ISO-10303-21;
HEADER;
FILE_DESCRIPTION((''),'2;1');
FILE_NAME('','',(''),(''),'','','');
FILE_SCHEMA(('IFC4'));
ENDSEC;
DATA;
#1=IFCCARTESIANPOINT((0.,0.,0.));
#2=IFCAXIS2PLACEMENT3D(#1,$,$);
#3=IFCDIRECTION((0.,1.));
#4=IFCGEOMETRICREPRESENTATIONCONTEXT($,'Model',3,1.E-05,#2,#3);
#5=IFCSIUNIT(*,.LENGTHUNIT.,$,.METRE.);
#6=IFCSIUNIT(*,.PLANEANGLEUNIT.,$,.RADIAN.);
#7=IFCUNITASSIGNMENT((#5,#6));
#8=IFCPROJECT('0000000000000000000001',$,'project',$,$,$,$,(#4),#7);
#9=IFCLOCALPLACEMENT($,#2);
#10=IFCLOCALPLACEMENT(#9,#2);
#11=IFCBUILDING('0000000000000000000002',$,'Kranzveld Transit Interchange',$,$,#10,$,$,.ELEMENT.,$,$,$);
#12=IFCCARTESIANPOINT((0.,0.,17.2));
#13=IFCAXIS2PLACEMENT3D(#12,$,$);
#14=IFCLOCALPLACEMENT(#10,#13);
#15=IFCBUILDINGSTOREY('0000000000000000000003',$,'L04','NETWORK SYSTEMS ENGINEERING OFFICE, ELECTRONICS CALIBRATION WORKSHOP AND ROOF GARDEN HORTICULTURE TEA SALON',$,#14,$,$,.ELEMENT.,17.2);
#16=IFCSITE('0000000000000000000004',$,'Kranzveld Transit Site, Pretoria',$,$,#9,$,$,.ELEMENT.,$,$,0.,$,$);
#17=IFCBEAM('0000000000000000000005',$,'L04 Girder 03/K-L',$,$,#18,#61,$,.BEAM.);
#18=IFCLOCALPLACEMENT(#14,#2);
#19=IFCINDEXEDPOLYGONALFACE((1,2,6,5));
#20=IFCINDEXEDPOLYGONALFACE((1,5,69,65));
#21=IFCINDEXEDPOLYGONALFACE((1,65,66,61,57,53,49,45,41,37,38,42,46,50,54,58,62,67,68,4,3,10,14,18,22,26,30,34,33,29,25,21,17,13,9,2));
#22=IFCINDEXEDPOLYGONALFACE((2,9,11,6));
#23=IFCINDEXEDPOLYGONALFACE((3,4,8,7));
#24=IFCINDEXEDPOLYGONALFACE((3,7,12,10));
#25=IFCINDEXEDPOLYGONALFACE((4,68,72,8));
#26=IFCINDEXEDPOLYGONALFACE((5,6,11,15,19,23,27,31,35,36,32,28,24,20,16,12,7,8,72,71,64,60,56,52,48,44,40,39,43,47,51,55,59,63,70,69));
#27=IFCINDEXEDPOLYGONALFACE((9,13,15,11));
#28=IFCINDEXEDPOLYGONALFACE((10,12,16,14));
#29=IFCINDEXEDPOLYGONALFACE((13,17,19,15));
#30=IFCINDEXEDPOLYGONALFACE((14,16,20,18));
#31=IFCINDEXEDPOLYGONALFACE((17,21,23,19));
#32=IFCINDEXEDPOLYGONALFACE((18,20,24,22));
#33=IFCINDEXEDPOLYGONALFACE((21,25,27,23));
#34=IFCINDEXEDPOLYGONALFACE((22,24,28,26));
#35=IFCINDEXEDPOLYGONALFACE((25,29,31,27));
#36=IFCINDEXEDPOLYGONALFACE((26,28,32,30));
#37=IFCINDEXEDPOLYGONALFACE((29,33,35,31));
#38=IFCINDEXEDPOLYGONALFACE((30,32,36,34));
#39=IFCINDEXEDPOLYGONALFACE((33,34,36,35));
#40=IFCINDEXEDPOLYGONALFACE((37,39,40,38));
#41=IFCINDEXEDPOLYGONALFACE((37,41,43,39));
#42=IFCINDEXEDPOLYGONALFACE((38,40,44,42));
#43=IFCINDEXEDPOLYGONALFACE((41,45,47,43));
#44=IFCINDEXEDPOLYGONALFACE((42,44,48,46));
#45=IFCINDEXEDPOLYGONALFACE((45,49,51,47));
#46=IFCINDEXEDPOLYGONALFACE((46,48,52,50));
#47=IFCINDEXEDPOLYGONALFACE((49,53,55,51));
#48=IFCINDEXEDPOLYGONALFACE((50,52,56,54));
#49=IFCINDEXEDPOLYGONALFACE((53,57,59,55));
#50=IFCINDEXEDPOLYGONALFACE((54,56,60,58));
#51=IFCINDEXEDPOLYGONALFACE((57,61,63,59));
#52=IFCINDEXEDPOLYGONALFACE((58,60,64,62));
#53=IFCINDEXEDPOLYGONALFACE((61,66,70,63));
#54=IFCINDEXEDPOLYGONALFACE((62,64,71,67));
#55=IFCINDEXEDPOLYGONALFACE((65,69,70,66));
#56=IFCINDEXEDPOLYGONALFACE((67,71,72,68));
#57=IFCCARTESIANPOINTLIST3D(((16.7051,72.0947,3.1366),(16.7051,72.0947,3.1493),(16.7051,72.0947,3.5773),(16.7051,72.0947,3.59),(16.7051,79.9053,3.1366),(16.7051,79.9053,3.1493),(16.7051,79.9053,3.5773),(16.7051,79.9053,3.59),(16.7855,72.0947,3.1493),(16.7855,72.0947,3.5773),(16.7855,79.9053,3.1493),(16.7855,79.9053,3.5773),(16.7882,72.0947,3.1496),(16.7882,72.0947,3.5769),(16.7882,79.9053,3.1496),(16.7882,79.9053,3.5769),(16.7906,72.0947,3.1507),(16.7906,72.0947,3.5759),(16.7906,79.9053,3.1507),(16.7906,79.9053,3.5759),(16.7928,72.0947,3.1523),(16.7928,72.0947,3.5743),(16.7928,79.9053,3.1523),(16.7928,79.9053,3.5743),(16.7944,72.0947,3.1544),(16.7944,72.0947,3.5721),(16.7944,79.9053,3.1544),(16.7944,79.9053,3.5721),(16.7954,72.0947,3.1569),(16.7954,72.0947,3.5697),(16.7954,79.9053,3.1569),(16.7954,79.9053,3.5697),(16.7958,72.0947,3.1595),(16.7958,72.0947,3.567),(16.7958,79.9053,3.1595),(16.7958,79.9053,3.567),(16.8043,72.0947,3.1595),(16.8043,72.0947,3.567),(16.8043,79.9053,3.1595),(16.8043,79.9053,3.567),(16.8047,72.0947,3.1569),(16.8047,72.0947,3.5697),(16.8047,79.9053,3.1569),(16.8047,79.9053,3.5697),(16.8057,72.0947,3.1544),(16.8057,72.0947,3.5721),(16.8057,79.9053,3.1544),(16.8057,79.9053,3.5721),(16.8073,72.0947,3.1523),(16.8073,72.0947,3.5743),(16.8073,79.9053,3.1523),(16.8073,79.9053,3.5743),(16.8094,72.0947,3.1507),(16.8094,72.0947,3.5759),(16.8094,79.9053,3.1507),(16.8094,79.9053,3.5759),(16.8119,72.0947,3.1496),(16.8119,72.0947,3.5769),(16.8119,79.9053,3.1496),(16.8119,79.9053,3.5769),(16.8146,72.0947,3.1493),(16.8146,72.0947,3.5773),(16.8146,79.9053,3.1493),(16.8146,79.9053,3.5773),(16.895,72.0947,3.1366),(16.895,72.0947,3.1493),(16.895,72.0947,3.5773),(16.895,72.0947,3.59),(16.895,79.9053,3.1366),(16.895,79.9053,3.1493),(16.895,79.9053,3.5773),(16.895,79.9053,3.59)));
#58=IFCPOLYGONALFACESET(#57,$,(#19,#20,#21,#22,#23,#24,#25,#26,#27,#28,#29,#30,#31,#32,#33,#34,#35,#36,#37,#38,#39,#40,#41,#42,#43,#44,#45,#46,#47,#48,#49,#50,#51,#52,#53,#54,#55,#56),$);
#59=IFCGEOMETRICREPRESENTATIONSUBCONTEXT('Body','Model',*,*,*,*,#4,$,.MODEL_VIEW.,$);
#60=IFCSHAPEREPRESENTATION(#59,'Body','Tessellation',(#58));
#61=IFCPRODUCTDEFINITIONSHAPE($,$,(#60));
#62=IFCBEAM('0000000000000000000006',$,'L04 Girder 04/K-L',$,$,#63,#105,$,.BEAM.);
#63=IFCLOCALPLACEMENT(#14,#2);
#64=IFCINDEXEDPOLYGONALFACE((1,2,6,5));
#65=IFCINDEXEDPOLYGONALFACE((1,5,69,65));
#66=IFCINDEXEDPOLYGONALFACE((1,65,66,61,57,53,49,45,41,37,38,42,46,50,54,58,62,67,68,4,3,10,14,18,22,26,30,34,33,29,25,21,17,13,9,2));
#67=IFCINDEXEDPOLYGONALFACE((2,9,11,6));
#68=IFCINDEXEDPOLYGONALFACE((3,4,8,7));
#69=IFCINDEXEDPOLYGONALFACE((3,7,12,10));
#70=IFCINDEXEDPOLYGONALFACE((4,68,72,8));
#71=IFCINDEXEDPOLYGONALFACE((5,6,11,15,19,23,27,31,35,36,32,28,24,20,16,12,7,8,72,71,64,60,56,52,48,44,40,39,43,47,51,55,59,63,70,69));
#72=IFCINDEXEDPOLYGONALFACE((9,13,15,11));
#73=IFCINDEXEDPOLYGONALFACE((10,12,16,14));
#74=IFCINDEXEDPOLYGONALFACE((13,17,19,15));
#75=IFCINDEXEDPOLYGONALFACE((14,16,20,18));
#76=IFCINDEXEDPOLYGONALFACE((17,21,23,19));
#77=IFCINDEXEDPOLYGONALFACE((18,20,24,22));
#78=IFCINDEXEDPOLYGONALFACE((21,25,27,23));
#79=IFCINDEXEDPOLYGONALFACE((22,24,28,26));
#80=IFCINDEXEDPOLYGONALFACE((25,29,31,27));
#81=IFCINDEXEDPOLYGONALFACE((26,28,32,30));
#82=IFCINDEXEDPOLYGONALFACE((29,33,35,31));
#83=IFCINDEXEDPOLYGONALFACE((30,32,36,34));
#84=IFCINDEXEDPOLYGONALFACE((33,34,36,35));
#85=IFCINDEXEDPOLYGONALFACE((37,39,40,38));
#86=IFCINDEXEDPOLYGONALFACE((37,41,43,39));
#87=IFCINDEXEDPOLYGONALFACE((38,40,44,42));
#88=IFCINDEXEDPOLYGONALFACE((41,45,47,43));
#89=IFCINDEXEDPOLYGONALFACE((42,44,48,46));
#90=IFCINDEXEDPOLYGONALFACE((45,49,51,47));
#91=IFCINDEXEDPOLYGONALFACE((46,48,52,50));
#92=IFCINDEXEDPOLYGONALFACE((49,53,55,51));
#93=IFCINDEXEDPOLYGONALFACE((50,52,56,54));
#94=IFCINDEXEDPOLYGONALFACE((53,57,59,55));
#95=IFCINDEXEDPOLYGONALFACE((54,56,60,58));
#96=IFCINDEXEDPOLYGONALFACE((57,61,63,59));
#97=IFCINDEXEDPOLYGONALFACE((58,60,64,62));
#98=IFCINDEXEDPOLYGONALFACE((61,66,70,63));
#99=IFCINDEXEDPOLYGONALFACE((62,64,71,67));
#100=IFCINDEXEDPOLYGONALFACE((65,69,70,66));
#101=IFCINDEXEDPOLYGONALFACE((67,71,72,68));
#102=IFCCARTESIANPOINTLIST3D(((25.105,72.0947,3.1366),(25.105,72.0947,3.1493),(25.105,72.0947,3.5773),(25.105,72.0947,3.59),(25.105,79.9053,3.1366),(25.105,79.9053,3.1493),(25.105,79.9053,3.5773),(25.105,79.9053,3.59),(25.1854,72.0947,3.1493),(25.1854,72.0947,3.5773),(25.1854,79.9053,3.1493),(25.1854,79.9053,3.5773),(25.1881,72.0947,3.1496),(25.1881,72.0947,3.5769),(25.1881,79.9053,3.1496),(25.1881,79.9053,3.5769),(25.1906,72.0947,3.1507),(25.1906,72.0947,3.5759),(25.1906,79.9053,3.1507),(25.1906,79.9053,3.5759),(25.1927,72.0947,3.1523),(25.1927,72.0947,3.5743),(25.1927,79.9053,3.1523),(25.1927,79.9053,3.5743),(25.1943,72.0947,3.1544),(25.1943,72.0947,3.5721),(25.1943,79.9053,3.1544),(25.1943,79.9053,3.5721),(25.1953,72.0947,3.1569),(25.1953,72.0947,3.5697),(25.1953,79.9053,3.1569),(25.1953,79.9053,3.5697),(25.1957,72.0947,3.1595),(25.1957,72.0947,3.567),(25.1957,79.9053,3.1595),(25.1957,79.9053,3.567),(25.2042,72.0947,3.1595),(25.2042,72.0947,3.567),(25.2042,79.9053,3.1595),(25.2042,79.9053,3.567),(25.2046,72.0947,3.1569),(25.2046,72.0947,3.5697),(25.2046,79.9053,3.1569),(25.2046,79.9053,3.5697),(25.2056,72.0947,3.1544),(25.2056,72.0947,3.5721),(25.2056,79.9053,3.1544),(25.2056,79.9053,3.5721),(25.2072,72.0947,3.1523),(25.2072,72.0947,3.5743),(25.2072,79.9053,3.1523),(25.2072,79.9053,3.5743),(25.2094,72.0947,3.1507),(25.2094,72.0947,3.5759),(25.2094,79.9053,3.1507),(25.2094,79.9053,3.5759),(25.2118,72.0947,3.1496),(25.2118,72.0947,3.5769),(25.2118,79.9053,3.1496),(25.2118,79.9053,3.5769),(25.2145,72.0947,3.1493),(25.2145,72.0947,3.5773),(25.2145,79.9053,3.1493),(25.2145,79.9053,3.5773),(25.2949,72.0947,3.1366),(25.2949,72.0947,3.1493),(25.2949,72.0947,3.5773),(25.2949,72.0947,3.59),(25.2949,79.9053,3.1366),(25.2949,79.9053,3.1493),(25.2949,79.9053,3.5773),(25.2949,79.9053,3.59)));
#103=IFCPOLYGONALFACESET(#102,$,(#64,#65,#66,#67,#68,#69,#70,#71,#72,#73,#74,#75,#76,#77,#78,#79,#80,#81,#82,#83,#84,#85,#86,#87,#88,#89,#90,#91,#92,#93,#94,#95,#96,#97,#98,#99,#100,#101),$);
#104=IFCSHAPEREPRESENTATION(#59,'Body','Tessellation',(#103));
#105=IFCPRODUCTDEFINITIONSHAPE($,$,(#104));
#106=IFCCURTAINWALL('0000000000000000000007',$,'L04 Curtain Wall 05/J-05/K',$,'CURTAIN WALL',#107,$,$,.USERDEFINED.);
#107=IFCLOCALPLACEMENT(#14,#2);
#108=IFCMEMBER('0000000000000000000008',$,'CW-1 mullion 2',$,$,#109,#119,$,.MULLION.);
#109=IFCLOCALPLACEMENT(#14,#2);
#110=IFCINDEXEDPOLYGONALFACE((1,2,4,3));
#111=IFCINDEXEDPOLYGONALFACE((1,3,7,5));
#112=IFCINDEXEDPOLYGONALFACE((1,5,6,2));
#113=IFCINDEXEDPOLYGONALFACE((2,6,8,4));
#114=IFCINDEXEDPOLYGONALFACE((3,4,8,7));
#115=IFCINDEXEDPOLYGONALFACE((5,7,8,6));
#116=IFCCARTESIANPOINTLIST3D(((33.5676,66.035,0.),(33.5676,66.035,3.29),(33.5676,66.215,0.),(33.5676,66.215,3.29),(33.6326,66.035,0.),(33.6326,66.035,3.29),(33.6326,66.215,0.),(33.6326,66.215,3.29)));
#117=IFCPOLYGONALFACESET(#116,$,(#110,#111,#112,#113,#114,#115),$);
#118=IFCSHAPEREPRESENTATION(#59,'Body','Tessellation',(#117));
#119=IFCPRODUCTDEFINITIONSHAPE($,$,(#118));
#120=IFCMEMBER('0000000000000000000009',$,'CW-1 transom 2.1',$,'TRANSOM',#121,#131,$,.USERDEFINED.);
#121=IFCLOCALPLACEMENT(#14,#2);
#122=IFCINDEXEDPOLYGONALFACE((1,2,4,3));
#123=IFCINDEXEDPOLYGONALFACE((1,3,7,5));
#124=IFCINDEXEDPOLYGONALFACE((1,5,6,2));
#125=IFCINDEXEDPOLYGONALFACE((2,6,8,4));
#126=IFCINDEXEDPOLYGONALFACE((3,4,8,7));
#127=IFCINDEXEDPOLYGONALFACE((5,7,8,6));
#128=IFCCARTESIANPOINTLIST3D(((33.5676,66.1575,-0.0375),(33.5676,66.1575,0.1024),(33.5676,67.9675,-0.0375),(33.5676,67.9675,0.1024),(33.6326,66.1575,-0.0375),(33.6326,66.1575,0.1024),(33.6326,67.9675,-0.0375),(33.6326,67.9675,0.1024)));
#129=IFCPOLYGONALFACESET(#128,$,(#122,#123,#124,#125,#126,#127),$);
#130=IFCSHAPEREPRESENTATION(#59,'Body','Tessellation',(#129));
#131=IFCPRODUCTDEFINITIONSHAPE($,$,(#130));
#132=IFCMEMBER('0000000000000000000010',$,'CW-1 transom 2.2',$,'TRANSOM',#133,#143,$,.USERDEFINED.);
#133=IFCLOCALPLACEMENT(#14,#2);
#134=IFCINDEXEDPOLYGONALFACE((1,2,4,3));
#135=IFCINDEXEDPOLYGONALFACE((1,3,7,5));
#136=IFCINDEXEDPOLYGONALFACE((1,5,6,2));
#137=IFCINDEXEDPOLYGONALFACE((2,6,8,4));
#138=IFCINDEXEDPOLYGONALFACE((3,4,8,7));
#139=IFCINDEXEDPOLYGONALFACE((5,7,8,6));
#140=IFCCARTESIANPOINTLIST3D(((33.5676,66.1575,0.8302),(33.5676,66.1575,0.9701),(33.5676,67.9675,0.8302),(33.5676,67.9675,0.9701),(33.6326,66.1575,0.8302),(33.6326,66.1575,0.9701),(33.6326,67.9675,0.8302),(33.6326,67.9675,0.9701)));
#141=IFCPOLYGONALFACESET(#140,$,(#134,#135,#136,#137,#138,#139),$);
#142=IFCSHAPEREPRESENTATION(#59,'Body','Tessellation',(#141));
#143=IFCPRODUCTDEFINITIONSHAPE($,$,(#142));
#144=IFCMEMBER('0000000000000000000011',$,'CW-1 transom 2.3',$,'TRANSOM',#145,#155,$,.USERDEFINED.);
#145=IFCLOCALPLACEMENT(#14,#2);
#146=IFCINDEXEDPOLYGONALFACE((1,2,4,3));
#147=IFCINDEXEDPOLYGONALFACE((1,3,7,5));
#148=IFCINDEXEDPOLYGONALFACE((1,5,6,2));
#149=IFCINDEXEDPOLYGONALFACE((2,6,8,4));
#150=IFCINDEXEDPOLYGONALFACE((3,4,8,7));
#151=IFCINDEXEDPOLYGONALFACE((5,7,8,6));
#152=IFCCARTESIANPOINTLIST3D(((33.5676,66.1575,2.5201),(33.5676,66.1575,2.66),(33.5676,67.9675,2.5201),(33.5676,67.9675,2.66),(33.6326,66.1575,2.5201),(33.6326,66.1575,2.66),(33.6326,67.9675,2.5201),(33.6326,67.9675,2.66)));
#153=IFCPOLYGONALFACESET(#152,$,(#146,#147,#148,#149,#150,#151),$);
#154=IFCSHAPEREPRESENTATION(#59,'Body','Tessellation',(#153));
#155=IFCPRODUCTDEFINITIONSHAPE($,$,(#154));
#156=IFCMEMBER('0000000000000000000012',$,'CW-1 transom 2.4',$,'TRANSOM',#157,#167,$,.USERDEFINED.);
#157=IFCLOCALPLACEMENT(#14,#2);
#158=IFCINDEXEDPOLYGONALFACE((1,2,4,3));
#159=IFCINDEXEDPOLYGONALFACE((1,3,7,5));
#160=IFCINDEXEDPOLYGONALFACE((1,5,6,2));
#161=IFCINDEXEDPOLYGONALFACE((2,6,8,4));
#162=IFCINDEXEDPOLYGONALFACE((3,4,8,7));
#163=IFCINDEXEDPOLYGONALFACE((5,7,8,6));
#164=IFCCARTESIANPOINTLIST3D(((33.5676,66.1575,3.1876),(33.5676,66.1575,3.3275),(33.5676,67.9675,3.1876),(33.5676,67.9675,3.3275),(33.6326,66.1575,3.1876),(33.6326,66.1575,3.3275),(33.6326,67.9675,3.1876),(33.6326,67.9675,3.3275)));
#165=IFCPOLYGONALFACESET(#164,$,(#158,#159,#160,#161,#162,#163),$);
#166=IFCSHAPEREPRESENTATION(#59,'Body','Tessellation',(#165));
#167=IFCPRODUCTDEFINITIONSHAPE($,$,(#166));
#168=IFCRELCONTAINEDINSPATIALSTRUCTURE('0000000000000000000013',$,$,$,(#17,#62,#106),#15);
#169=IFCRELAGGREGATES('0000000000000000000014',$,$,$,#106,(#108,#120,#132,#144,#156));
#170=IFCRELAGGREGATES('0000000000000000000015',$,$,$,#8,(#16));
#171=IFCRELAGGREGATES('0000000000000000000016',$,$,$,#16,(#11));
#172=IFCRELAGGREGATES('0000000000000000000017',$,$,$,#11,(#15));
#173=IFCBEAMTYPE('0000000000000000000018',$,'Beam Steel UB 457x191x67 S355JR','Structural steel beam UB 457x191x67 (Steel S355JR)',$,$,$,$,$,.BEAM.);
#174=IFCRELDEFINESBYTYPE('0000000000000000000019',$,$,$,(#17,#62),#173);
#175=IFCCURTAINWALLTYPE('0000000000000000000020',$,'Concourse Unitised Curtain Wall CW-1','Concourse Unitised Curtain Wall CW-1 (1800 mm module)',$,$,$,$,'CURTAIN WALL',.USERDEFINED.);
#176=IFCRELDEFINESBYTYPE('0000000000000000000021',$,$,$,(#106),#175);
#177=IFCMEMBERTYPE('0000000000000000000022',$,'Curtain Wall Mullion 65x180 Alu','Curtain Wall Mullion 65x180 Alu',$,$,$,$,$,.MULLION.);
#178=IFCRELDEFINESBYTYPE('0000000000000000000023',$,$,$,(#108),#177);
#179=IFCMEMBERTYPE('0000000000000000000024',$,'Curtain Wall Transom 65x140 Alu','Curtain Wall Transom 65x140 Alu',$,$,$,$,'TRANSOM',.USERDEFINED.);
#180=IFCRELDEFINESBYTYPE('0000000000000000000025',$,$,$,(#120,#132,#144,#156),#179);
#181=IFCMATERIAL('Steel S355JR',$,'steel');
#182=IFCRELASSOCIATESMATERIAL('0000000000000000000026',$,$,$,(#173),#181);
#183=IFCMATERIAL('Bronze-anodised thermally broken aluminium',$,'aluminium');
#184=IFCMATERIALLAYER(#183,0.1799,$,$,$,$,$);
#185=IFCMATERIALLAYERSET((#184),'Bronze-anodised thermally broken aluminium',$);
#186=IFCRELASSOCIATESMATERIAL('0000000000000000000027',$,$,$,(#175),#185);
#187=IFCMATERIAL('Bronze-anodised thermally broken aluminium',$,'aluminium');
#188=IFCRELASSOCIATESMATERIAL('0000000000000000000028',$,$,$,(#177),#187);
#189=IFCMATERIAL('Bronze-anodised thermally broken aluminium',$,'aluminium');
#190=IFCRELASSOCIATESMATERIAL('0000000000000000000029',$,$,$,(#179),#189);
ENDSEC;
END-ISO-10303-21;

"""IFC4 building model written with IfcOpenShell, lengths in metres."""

from ifc_helpers import new_model, si_unit, direction, frame, origin, origin_2d, place, context, subcontext, project, spatial, rectangle, i_section, extrude, material, layer, layer_set, material_profile, profile_set, type_object, element, aggregate, save


model = new_model("IFC4")

# Units and contexts
model_context = context("Model", 3, precision=1e-05, world=origin(), true_north=direction((0.0, 1.0)))
body_context = subcontext(model_context, "Body", "Model", "MODEL_VIEW")
ifc_project = project(units=[si_unit("LENGTHUNIT", "METRE"), si_unit("PLANEANGLEUNIT", "RADIAN")], contexts=[model_context])

# Site, building, storey
site_placement = place(None, origin())
site = spatial("IfcSite", under=ifc_project, at=site_placement, Name="Kranzveld Transit Site, Pretoria", CompositionType="ELEMENT", RefElevation=0.0)
building_placement = place(site_placement, origin())
building = spatial("IfcBuilding", under=site, at=building_placement, Name="Kranzveld Transit Interchange", CompositionType="ELEMENT")
storey_placement = place(building_placement, frame((0.0, 0.0, 17.2)))
storey = spatial("IfcBuildingStorey", under=building, at=storey_placement, Name="L04", Description="NETWORK SYSTEMS ENGINEERING OFFICE, ELECTRONICS CALIBRATION WORKSHOP AND ROOF GARDEN HORTICULTURE TEA SALON", CompositionType="ELEMENT", Elevation=17.2)

# Beams
ifc_material_1 = material(Name="Steel S355JR", Category="steel")
ifc_material_profile_1 = material_profile(ifc_material_1, i_section(OverallWidth=0.1899, OverallDepth=0.4534, WebThickness=0.0085, FlangeThickness=0.0127, FilletRadius=0.0103, at=origin_2d()), Name="UB 457x191x67")
ifc_profile_set_1 = profile_set([ifc_material_profile_1], Name="Steel S355JR")
beam_type_1 = type_object("IfcBeamType", Name="Beam Steel UB 457x191x67 S355JR", Description="Structural steel beam UB 457x191x67 (Steel S355JR)", PredefinedType="BEAM", material=ifc_profile_set_1)
for number, where, z_axis, x_axis, name in (
    (1, (16.8, 72.0947, 3.3633), (0.0, 1.0, 0.0), (-1.0, 0.0, 0.0), "L04 Girder 03/K-L"),
    (2, (25.2, 72.0947, 3.3633), (0.0, 1.0, 0.0), (-1.0, 0.0, 0.0), "L04 Girder 04/K-L"),
):
    element("IfcBeam", number, at=place(storey_placement, frame(where, z_axis=z_axis, x_axis=x_axis)), inside=storey, type_object=beam_type_1, Name=name, PredefinedType="BEAM", context=body_context, shape_type="SweptSolid", body=[
        extrude(i_section(OverallWidth=0.1899, OverallDepth=0.4534, WebThickness=0.0085, FlangeThickness=0.0127, FilletRadius=0.0103, at=origin_2d()), origin(), (0.0, 0.0, 1.0), 7.8105),
    ])

# Curtain wall, members
ifc_material_2 = material(Name="Bronze-anodised thermally broken aluminium", Category="aluminium")
ifc_layer_1 = layer(ifc_material_2, 0.1799)
ifc_layer_set_1 = layer_set([ifc_layer_1], Name="Bronze-anodised thermally broken aluminium")
curtain_wall_type = type_object("IfcCurtainWallType", Name="Concourse Unitised Curtain Wall CW-1", Description="Concourse Unitised Curtain Wall CW-1 (1800 mm module)", ElementType="CURTAIN WALL", PredefinedType="USERDEFINED", material=ifc_layer_set_1)
curtain_wall_placement = place(storey_placement, origin())
curtain_wall = element("IfcCurtainWall", 3, at=curtain_wall_placement, inside=storey, type_object=curtain_wall_type, Name="L04 Curtain Wall 05/J-05/K", ObjectType="CURTAIN WALL", PredefinedType="USERDEFINED")
ifc_material_3 = material(Name="Bronze-anodised thermally broken aluminium", Category="aluminium")
ifc_material_profile_2 = material_profile(ifc_material_3, rectangle(XDim=0.0649, YDim=0.1799, at=origin_2d()), Name="ALU MULLION 65x180")
ifc_profile_set_2 = profile_set([ifc_material_profile_2], Name="Bronze-anodised thermally broken aluminium")
member_type_1 = type_object("IfcMemberType", Name="Curtain Wall Mullion 65x180 Alu", Description="Curtain Wall Mullion 65x180 Alu", PredefinedType="MULLION", material=ifc_profile_set_2)
member_1_placement = place(storey_placement, frame((33.6001, 66.125, 0.0), z_axis=(0.0, 0.0, 1.0), x_axis=(-1.0, 0.0, 0.0)))
member_1 = element("IfcMember", 4, at=member_1_placement, type_object=member_type_1, Name="CW-1 mullion 2", PredefinedType="MULLION", context=body_context, shape_type="SweptSolid", body=[
    extrude(rectangle(XDim=0.0649, YDim=0.1799, at=origin_2d()), origin(), (0.0, 0.0, 1.0), 3.29),
])
ifc_material_4 = material(Name="Bronze-anodised thermally broken aluminium", Category="aluminium")
ifc_material_profile_3 = material_profile(ifc_material_4, rectangle(XDim=0.0649, YDim=0.1399, at=origin_2d()), Name="ALU TRANSOM 65x140")
ifc_profile_set_3 = profile_set([ifc_material_profile_3], Name="Bronze-anodised thermally broken aluminium")
member_type_2 = type_object("IfcMemberType", Name="Curtain Wall Transom 65x140 Alu", Description="Curtain Wall Transom 65x140 Alu", ElementType="TRANSOM", PredefinedType="USERDEFINED", material=ifc_profile_set_3)
member_2_placement = place(storey_placement, frame((33.6001, 66.1575, 0.0325), z_axis=(0.0, 1.0, 0.0), x_axis=(-1.0, 0.0, 0.0)))
member_2 = element("IfcMember", 5, at=member_2_placement, type_object=member_type_2, Name="CW-1 transom 2.1", ObjectType="TRANSOM", PredefinedType="USERDEFINED", context=body_context, shape_type="SweptSolid", body=[
    extrude(rectangle(XDim=0.0649, YDim=0.1399, at=origin_2d()), origin(), (0.0, 0.0, 1.0), 1.8101),
])
member_3_placement = place(storey_placement, frame((33.6001, 66.1575, 0.9001), z_axis=(0.0, 1.0, 0.0), x_axis=(-1.0, 0.0, 0.0)))
member_3 = element("IfcMember", 6, at=member_3_placement, type_object=member_type_2, Name="CW-1 transom 2.2", ObjectType="TRANSOM", PredefinedType="USERDEFINED", context=body_context, shape_type="SweptSolid", body=[
    extrude(rectangle(XDim=0.0649, YDim=0.1399, at=origin_2d()), origin(), (0.0, 0.0, 1.0), 1.8101),
])
member_4_placement = place(storey_placement, frame((33.6001, 66.1575, 2.5901), z_axis=(0.0, 1.0, 0.0), x_axis=(-1.0, 0.0, 0.0)))
member_4 = element("IfcMember", 7, at=member_4_placement, type_object=member_type_2, Name="CW-1 transom 2.3", ObjectType="TRANSOM", PredefinedType="USERDEFINED", context=body_context, shape_type="SweptSolid", body=[
    extrude(rectangle(XDim=0.0649, YDim=0.1399, at=origin_2d()), origin(), (0.0, 0.0, 1.0), 1.8101),
])
member_5_placement = place(storey_placement, frame((33.6001, 66.1575, 3.2576), z_axis=(0.0, 1.0, 0.0), x_axis=(-1.0, 0.0, 0.0)))
member_5 = element("IfcMember", 8, at=member_5_placement, type_object=member_type_2, Name="CW-1 transom 2.4", ObjectType="TRANSOM", PredefinedType="USERDEFINED", context=body_context, shape_type="SweptSolid", body=[
    extrude(rectangle(XDim=0.0649, YDim=0.1399, at=origin_2d()), origin(), (0.0, 0.0, 1.0), 1.8101),
])

aggregate(curtain_wall, [member_1, member_2, member_3, member_4, member_5])

save(model, "model.ifc")
